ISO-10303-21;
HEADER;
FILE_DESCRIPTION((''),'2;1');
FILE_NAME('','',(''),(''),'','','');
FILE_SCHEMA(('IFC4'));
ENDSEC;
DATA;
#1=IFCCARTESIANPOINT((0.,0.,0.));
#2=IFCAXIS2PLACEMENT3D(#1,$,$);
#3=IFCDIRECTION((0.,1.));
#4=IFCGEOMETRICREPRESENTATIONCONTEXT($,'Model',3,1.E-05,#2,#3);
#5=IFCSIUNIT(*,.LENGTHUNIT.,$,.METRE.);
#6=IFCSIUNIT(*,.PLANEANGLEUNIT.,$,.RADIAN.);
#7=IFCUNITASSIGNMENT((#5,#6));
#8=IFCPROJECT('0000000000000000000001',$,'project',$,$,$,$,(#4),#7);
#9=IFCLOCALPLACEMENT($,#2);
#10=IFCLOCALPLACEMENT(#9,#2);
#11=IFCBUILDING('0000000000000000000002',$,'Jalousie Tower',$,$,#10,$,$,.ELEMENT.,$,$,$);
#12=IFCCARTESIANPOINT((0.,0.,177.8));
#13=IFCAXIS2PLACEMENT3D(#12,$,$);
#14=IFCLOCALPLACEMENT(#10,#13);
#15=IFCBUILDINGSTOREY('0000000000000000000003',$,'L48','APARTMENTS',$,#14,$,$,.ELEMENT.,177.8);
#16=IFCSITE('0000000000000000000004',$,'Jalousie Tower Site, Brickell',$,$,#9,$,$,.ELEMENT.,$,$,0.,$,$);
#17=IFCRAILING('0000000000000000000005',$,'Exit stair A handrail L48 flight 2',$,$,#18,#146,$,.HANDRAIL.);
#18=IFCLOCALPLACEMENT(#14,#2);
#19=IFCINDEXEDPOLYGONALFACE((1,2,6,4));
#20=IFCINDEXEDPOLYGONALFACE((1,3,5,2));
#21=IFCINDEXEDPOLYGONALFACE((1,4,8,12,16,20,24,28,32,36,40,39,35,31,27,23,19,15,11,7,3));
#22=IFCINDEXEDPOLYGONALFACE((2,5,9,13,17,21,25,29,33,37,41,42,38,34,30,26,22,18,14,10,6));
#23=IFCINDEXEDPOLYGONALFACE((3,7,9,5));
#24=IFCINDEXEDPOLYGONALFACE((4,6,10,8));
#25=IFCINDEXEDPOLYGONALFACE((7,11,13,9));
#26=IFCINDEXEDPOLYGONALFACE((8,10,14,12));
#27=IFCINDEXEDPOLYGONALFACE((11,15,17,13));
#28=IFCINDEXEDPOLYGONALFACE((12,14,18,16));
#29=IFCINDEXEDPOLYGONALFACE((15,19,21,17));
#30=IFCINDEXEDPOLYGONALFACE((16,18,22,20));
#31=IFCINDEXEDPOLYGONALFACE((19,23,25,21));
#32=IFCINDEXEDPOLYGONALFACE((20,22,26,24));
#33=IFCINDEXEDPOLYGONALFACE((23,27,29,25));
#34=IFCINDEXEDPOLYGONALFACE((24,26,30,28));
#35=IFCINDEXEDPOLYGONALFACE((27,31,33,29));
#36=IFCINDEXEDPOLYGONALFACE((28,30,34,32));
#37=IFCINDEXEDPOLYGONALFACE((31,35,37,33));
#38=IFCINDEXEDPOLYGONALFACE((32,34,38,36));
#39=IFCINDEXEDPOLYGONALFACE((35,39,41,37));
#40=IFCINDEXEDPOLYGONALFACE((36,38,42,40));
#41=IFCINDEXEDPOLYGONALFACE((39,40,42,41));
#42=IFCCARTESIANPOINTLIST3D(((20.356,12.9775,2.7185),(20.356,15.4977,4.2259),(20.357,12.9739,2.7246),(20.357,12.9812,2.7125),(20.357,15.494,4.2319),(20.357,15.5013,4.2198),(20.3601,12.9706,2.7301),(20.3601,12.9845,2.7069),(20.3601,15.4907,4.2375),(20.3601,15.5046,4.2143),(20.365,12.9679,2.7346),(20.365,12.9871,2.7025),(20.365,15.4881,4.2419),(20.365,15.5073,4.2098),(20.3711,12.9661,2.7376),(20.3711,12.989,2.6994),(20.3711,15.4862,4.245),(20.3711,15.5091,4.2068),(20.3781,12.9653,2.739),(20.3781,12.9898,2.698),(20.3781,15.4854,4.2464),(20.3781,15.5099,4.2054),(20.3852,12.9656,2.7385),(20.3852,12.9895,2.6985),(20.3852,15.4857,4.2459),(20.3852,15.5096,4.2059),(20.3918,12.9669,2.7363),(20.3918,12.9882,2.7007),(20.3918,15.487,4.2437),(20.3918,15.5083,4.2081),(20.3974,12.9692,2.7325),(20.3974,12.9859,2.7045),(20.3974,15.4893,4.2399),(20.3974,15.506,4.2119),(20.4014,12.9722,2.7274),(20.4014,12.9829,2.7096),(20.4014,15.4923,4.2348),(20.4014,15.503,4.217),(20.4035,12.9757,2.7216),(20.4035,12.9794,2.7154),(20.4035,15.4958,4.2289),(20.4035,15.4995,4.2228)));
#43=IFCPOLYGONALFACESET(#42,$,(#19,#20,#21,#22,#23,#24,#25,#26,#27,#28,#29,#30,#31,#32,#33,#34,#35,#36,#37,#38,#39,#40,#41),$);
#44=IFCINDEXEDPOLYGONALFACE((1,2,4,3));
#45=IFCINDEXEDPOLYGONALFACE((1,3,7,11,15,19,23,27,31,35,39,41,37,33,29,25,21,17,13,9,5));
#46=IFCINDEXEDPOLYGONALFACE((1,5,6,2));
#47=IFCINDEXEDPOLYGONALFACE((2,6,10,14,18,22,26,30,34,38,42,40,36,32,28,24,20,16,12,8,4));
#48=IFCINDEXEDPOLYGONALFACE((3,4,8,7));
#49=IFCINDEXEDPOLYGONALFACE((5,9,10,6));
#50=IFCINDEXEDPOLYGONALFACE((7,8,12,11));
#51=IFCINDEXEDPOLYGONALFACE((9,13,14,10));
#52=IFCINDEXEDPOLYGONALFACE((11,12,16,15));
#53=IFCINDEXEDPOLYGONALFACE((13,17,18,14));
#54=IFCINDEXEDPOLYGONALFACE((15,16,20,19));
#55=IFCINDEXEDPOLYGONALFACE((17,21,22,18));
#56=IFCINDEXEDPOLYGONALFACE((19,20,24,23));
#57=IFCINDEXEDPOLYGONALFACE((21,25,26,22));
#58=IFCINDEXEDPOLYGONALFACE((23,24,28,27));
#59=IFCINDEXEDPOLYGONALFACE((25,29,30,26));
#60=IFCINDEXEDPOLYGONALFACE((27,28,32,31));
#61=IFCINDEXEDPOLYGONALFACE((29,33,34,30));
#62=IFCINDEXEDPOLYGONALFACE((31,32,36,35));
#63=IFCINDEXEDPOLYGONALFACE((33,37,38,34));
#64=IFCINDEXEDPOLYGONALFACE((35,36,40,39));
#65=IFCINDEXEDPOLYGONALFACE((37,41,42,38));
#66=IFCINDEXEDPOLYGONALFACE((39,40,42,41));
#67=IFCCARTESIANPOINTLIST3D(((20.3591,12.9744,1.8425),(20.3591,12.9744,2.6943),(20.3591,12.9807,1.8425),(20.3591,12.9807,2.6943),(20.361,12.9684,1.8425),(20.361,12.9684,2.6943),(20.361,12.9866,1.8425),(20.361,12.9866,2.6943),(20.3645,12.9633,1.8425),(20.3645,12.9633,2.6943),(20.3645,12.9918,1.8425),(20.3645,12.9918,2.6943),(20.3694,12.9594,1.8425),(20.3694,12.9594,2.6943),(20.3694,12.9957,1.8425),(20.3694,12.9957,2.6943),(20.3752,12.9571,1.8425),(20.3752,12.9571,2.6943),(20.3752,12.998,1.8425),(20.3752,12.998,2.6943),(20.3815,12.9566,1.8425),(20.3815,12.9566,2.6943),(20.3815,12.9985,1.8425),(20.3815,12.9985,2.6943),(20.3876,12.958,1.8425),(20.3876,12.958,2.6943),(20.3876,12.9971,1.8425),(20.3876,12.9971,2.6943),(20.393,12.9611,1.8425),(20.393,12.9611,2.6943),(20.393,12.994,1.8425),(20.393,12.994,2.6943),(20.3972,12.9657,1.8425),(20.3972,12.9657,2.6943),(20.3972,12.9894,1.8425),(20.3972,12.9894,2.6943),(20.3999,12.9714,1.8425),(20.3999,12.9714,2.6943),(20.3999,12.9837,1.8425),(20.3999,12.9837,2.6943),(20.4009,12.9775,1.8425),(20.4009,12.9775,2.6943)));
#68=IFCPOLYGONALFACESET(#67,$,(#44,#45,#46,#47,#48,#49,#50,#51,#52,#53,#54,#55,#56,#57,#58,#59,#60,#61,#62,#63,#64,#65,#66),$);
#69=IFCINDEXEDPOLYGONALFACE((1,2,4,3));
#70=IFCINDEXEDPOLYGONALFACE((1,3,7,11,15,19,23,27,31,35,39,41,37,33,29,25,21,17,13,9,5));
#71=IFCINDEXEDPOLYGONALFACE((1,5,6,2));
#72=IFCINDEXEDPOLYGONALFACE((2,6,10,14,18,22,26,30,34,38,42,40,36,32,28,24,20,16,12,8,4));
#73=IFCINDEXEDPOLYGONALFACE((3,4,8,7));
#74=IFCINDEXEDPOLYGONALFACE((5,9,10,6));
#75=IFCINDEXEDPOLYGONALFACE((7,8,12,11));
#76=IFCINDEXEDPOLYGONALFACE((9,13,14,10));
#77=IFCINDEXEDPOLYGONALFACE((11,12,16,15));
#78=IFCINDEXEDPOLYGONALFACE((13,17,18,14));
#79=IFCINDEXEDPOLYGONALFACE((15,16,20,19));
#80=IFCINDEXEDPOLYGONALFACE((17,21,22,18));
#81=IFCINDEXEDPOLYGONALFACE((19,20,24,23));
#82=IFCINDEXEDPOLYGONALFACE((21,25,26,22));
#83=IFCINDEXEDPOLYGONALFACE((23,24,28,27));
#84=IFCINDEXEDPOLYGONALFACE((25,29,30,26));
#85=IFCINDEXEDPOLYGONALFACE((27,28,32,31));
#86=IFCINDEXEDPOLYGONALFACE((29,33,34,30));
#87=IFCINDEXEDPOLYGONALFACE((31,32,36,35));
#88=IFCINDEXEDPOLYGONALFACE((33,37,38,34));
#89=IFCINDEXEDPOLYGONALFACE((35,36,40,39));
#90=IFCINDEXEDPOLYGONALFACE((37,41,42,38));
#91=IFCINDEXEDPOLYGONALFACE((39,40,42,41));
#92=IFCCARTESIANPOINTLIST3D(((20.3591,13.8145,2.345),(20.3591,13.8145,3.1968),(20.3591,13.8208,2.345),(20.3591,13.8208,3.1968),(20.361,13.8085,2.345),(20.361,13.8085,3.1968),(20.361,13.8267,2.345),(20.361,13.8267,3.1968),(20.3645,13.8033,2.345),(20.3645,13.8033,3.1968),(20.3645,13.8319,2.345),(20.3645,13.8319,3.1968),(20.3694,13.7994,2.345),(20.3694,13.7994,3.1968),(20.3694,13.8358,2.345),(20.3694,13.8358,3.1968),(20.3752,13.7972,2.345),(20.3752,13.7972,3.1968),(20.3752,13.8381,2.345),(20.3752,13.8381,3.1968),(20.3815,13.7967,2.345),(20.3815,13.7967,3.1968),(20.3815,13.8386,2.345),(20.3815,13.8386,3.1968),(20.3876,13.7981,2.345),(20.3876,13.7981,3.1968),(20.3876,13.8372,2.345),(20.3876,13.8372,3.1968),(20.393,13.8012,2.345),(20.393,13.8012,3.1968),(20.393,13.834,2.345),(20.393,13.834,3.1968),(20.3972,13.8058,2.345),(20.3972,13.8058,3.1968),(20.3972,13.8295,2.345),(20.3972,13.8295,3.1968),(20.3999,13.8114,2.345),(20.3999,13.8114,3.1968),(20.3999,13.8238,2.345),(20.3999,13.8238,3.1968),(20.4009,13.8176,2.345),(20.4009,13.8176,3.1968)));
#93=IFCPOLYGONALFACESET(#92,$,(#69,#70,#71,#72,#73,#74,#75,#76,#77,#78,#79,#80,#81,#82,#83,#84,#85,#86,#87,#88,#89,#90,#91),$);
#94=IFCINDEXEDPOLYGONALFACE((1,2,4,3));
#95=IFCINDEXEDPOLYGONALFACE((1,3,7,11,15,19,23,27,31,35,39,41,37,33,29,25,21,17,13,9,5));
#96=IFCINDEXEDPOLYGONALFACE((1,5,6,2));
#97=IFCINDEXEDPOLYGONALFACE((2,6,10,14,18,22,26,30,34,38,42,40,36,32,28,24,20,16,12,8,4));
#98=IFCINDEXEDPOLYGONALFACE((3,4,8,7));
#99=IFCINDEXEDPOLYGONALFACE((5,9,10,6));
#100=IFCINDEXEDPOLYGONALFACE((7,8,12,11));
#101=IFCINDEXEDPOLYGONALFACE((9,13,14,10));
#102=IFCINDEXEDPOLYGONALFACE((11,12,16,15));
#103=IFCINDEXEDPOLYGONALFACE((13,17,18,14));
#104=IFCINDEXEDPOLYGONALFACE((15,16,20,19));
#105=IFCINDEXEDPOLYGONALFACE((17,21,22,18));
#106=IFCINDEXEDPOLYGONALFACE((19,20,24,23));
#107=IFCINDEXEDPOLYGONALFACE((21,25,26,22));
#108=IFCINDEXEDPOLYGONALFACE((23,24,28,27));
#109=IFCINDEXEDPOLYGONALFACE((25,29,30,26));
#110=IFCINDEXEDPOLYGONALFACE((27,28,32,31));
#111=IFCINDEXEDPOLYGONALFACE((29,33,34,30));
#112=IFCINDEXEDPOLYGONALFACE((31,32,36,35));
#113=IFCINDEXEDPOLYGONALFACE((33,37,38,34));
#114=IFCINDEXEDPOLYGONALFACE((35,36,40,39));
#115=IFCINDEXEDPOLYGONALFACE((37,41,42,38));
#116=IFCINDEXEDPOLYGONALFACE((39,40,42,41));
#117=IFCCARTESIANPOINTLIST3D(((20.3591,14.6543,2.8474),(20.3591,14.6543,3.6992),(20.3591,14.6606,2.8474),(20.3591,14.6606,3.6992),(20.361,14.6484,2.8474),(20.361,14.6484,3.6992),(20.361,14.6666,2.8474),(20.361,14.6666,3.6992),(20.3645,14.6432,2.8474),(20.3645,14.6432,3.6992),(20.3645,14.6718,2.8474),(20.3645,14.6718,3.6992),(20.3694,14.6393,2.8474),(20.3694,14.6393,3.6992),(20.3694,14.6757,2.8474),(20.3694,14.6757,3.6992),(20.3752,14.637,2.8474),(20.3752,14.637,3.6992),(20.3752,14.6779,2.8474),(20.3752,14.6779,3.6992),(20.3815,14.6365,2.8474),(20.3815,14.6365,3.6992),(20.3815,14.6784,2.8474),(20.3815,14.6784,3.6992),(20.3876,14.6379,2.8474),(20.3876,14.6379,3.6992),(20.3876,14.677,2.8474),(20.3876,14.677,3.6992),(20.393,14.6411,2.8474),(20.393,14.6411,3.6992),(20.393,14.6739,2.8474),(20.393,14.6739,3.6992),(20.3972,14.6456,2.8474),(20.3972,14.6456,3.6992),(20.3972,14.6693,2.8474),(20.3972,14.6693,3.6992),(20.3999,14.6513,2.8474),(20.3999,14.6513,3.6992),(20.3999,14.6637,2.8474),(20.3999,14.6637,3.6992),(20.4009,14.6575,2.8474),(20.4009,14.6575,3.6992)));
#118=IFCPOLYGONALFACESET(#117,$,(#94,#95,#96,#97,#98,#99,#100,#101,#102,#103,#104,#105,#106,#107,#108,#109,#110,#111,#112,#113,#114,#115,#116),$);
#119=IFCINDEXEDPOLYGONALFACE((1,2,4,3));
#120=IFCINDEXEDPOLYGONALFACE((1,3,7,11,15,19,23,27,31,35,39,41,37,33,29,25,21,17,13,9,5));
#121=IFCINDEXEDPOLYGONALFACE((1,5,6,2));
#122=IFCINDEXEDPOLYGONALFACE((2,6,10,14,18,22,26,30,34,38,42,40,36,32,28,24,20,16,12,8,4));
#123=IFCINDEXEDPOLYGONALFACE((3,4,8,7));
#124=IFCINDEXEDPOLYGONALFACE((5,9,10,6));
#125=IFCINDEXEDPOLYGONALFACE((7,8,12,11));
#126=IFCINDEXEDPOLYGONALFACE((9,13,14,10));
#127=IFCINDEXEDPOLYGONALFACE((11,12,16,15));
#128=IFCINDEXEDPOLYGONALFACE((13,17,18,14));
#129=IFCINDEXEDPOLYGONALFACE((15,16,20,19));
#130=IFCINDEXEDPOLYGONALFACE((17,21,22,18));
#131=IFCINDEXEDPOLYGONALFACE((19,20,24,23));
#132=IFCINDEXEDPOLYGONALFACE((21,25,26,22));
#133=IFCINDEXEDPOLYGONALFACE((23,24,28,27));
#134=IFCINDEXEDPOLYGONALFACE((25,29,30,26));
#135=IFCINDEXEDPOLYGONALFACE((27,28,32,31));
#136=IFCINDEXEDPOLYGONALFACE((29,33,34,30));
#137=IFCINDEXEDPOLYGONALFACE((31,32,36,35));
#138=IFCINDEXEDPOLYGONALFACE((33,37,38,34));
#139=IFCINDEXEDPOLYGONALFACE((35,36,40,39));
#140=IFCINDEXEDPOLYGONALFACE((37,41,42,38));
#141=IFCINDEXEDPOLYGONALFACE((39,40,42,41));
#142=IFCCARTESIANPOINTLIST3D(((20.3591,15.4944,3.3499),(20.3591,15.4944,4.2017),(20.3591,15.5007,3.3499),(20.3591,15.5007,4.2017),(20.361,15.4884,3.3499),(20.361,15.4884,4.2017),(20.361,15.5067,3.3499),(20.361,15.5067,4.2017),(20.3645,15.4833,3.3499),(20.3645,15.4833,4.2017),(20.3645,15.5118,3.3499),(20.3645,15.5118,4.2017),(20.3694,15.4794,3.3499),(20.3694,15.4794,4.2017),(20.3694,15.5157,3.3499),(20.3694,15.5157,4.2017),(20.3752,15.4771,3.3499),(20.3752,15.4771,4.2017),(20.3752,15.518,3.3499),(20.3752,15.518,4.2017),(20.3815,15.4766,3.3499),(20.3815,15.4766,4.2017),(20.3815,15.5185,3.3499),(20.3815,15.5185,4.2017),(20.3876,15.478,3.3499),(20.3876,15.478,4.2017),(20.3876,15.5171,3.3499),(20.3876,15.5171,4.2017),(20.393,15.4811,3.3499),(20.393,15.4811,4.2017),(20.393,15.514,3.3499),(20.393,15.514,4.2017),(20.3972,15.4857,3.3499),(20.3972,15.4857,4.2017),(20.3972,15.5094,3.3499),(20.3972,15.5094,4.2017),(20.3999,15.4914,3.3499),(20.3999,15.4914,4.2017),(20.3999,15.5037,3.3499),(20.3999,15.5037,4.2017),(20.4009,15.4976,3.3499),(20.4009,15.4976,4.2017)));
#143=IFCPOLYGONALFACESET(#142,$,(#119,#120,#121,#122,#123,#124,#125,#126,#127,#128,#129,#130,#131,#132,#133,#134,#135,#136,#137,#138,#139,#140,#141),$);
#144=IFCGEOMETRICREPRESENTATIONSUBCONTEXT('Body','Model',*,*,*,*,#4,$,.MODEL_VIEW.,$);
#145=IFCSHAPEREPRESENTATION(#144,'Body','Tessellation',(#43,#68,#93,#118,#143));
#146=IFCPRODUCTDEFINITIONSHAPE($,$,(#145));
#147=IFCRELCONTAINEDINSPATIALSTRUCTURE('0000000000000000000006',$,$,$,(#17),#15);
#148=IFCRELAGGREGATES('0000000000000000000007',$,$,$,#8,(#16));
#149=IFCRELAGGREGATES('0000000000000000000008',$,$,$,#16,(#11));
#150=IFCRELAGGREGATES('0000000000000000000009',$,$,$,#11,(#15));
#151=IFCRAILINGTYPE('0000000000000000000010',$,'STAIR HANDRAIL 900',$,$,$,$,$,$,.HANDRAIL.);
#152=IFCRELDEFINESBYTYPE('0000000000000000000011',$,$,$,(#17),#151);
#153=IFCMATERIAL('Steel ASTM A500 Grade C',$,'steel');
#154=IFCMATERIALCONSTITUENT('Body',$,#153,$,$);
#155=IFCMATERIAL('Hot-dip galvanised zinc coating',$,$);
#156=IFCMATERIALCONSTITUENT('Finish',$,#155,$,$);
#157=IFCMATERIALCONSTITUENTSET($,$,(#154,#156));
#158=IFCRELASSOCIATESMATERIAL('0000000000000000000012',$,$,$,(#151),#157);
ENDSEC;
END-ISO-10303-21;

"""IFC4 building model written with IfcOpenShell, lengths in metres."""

from ifc_helpers import new_model, si_unit, direction, frame, origin, origin_2d, place, context, subcontext, project, spatial, circle, extrude, material, constituent, constituent_set, type_object, element, save


model = new_model("IFC4")

# Units and contexts
model_context = context("Model", 3, precision=1e-05, world=origin(), true_north=direction((0.0, 1.0)))
body_context = subcontext(model_context, "Body", "Model", "MODEL_VIEW")
ifc_project = project(units=[si_unit("LENGTHUNIT", "METRE"), si_unit("PLANEANGLEUNIT", "RADIAN")], contexts=[model_context])

# Site, building, storey
site_placement = place(None, origin())
site = spatial("IfcSite", under=ifc_project, at=site_placement, Name="Jalousie Tower Site, Brickell", CompositionType="ELEMENT", RefElevation=0.0)
building_placement = place(site_placement, origin())
building = spatial("IfcBuilding", under=site, at=building_placement, Name="Jalousie Tower", CompositionType="ELEMENT")
storey_placement = place(building_placement, frame((0.0, 0.0, 177.8)))
storey = spatial("IfcBuildingStorey", under=building, at=storey_placement, Name="L48", Description="APARTMENTS", CompositionType="ELEMENT", Elevation=177.8)

# Railing
ifc_material_1 = material(Name="Steel ASTM A500 Grade C", Category="steel")
ifc_constituent_1 = constituent(ifc_material_1, Name="Body")
ifc_material_2 = material(Name="Hot-dip galvanised zinc coating")
ifc_constituent_2 = constituent(ifc_material_2, Name="Finish")
ifc_constituent_set_1 = constituent_set(constituents=[ifc_constituent_1, ifc_constituent_2])
railing_type_1 = type_object("IfcRailingType", Name="STAIR HANDRAIL 900", PredefinedType="HANDRAIL", material=ifc_constituent_set_1)
railing_1_placement = place(storey_placement, frame((20.3799, 12.9775, 1.8425)))
element("IfcRailing", 1, at=railing_1_placement, inside=storey, type_object=railing_type_1, Name="Exit stair A handrail L48 flight 2", PredefinedType="HANDRAIL", context=body_context, shape_type="SweptSolid", body=[
    extrude(circle(Radius=0.0239, at=origin_2d()), frame((0.0, 0.0, 0.876), z_axis=(0.0, 0.858196, 0.513321), x_axis=(-1.0, 0.0, 0.0)), (0.0, 0.0, 1.0), 2.9365),
    extrude(circle(Radius=0.021, at=origin_2d()), origin(), (0.0, 0.0, 1.0), 0.8518),
    extrude(circle(Radius=0.021, at=origin_2d()), frame((0.0, 0.8401, 0.5024)), (0.0, 0.0, 1.0), 0.8518),
    extrude(circle(Radius=0.021, at=origin_2d()), frame((0.0, 1.6799, 1.0049)), (0.0, 0.0, 1.0), 0.8518),
    extrude(circle(Radius=0.021, at=origin_2d()), frame((0.0, 2.52, 1.5073)), (0.0, 0.0, 1.0), 0.8518),
])

save(model, "model.ifc")
